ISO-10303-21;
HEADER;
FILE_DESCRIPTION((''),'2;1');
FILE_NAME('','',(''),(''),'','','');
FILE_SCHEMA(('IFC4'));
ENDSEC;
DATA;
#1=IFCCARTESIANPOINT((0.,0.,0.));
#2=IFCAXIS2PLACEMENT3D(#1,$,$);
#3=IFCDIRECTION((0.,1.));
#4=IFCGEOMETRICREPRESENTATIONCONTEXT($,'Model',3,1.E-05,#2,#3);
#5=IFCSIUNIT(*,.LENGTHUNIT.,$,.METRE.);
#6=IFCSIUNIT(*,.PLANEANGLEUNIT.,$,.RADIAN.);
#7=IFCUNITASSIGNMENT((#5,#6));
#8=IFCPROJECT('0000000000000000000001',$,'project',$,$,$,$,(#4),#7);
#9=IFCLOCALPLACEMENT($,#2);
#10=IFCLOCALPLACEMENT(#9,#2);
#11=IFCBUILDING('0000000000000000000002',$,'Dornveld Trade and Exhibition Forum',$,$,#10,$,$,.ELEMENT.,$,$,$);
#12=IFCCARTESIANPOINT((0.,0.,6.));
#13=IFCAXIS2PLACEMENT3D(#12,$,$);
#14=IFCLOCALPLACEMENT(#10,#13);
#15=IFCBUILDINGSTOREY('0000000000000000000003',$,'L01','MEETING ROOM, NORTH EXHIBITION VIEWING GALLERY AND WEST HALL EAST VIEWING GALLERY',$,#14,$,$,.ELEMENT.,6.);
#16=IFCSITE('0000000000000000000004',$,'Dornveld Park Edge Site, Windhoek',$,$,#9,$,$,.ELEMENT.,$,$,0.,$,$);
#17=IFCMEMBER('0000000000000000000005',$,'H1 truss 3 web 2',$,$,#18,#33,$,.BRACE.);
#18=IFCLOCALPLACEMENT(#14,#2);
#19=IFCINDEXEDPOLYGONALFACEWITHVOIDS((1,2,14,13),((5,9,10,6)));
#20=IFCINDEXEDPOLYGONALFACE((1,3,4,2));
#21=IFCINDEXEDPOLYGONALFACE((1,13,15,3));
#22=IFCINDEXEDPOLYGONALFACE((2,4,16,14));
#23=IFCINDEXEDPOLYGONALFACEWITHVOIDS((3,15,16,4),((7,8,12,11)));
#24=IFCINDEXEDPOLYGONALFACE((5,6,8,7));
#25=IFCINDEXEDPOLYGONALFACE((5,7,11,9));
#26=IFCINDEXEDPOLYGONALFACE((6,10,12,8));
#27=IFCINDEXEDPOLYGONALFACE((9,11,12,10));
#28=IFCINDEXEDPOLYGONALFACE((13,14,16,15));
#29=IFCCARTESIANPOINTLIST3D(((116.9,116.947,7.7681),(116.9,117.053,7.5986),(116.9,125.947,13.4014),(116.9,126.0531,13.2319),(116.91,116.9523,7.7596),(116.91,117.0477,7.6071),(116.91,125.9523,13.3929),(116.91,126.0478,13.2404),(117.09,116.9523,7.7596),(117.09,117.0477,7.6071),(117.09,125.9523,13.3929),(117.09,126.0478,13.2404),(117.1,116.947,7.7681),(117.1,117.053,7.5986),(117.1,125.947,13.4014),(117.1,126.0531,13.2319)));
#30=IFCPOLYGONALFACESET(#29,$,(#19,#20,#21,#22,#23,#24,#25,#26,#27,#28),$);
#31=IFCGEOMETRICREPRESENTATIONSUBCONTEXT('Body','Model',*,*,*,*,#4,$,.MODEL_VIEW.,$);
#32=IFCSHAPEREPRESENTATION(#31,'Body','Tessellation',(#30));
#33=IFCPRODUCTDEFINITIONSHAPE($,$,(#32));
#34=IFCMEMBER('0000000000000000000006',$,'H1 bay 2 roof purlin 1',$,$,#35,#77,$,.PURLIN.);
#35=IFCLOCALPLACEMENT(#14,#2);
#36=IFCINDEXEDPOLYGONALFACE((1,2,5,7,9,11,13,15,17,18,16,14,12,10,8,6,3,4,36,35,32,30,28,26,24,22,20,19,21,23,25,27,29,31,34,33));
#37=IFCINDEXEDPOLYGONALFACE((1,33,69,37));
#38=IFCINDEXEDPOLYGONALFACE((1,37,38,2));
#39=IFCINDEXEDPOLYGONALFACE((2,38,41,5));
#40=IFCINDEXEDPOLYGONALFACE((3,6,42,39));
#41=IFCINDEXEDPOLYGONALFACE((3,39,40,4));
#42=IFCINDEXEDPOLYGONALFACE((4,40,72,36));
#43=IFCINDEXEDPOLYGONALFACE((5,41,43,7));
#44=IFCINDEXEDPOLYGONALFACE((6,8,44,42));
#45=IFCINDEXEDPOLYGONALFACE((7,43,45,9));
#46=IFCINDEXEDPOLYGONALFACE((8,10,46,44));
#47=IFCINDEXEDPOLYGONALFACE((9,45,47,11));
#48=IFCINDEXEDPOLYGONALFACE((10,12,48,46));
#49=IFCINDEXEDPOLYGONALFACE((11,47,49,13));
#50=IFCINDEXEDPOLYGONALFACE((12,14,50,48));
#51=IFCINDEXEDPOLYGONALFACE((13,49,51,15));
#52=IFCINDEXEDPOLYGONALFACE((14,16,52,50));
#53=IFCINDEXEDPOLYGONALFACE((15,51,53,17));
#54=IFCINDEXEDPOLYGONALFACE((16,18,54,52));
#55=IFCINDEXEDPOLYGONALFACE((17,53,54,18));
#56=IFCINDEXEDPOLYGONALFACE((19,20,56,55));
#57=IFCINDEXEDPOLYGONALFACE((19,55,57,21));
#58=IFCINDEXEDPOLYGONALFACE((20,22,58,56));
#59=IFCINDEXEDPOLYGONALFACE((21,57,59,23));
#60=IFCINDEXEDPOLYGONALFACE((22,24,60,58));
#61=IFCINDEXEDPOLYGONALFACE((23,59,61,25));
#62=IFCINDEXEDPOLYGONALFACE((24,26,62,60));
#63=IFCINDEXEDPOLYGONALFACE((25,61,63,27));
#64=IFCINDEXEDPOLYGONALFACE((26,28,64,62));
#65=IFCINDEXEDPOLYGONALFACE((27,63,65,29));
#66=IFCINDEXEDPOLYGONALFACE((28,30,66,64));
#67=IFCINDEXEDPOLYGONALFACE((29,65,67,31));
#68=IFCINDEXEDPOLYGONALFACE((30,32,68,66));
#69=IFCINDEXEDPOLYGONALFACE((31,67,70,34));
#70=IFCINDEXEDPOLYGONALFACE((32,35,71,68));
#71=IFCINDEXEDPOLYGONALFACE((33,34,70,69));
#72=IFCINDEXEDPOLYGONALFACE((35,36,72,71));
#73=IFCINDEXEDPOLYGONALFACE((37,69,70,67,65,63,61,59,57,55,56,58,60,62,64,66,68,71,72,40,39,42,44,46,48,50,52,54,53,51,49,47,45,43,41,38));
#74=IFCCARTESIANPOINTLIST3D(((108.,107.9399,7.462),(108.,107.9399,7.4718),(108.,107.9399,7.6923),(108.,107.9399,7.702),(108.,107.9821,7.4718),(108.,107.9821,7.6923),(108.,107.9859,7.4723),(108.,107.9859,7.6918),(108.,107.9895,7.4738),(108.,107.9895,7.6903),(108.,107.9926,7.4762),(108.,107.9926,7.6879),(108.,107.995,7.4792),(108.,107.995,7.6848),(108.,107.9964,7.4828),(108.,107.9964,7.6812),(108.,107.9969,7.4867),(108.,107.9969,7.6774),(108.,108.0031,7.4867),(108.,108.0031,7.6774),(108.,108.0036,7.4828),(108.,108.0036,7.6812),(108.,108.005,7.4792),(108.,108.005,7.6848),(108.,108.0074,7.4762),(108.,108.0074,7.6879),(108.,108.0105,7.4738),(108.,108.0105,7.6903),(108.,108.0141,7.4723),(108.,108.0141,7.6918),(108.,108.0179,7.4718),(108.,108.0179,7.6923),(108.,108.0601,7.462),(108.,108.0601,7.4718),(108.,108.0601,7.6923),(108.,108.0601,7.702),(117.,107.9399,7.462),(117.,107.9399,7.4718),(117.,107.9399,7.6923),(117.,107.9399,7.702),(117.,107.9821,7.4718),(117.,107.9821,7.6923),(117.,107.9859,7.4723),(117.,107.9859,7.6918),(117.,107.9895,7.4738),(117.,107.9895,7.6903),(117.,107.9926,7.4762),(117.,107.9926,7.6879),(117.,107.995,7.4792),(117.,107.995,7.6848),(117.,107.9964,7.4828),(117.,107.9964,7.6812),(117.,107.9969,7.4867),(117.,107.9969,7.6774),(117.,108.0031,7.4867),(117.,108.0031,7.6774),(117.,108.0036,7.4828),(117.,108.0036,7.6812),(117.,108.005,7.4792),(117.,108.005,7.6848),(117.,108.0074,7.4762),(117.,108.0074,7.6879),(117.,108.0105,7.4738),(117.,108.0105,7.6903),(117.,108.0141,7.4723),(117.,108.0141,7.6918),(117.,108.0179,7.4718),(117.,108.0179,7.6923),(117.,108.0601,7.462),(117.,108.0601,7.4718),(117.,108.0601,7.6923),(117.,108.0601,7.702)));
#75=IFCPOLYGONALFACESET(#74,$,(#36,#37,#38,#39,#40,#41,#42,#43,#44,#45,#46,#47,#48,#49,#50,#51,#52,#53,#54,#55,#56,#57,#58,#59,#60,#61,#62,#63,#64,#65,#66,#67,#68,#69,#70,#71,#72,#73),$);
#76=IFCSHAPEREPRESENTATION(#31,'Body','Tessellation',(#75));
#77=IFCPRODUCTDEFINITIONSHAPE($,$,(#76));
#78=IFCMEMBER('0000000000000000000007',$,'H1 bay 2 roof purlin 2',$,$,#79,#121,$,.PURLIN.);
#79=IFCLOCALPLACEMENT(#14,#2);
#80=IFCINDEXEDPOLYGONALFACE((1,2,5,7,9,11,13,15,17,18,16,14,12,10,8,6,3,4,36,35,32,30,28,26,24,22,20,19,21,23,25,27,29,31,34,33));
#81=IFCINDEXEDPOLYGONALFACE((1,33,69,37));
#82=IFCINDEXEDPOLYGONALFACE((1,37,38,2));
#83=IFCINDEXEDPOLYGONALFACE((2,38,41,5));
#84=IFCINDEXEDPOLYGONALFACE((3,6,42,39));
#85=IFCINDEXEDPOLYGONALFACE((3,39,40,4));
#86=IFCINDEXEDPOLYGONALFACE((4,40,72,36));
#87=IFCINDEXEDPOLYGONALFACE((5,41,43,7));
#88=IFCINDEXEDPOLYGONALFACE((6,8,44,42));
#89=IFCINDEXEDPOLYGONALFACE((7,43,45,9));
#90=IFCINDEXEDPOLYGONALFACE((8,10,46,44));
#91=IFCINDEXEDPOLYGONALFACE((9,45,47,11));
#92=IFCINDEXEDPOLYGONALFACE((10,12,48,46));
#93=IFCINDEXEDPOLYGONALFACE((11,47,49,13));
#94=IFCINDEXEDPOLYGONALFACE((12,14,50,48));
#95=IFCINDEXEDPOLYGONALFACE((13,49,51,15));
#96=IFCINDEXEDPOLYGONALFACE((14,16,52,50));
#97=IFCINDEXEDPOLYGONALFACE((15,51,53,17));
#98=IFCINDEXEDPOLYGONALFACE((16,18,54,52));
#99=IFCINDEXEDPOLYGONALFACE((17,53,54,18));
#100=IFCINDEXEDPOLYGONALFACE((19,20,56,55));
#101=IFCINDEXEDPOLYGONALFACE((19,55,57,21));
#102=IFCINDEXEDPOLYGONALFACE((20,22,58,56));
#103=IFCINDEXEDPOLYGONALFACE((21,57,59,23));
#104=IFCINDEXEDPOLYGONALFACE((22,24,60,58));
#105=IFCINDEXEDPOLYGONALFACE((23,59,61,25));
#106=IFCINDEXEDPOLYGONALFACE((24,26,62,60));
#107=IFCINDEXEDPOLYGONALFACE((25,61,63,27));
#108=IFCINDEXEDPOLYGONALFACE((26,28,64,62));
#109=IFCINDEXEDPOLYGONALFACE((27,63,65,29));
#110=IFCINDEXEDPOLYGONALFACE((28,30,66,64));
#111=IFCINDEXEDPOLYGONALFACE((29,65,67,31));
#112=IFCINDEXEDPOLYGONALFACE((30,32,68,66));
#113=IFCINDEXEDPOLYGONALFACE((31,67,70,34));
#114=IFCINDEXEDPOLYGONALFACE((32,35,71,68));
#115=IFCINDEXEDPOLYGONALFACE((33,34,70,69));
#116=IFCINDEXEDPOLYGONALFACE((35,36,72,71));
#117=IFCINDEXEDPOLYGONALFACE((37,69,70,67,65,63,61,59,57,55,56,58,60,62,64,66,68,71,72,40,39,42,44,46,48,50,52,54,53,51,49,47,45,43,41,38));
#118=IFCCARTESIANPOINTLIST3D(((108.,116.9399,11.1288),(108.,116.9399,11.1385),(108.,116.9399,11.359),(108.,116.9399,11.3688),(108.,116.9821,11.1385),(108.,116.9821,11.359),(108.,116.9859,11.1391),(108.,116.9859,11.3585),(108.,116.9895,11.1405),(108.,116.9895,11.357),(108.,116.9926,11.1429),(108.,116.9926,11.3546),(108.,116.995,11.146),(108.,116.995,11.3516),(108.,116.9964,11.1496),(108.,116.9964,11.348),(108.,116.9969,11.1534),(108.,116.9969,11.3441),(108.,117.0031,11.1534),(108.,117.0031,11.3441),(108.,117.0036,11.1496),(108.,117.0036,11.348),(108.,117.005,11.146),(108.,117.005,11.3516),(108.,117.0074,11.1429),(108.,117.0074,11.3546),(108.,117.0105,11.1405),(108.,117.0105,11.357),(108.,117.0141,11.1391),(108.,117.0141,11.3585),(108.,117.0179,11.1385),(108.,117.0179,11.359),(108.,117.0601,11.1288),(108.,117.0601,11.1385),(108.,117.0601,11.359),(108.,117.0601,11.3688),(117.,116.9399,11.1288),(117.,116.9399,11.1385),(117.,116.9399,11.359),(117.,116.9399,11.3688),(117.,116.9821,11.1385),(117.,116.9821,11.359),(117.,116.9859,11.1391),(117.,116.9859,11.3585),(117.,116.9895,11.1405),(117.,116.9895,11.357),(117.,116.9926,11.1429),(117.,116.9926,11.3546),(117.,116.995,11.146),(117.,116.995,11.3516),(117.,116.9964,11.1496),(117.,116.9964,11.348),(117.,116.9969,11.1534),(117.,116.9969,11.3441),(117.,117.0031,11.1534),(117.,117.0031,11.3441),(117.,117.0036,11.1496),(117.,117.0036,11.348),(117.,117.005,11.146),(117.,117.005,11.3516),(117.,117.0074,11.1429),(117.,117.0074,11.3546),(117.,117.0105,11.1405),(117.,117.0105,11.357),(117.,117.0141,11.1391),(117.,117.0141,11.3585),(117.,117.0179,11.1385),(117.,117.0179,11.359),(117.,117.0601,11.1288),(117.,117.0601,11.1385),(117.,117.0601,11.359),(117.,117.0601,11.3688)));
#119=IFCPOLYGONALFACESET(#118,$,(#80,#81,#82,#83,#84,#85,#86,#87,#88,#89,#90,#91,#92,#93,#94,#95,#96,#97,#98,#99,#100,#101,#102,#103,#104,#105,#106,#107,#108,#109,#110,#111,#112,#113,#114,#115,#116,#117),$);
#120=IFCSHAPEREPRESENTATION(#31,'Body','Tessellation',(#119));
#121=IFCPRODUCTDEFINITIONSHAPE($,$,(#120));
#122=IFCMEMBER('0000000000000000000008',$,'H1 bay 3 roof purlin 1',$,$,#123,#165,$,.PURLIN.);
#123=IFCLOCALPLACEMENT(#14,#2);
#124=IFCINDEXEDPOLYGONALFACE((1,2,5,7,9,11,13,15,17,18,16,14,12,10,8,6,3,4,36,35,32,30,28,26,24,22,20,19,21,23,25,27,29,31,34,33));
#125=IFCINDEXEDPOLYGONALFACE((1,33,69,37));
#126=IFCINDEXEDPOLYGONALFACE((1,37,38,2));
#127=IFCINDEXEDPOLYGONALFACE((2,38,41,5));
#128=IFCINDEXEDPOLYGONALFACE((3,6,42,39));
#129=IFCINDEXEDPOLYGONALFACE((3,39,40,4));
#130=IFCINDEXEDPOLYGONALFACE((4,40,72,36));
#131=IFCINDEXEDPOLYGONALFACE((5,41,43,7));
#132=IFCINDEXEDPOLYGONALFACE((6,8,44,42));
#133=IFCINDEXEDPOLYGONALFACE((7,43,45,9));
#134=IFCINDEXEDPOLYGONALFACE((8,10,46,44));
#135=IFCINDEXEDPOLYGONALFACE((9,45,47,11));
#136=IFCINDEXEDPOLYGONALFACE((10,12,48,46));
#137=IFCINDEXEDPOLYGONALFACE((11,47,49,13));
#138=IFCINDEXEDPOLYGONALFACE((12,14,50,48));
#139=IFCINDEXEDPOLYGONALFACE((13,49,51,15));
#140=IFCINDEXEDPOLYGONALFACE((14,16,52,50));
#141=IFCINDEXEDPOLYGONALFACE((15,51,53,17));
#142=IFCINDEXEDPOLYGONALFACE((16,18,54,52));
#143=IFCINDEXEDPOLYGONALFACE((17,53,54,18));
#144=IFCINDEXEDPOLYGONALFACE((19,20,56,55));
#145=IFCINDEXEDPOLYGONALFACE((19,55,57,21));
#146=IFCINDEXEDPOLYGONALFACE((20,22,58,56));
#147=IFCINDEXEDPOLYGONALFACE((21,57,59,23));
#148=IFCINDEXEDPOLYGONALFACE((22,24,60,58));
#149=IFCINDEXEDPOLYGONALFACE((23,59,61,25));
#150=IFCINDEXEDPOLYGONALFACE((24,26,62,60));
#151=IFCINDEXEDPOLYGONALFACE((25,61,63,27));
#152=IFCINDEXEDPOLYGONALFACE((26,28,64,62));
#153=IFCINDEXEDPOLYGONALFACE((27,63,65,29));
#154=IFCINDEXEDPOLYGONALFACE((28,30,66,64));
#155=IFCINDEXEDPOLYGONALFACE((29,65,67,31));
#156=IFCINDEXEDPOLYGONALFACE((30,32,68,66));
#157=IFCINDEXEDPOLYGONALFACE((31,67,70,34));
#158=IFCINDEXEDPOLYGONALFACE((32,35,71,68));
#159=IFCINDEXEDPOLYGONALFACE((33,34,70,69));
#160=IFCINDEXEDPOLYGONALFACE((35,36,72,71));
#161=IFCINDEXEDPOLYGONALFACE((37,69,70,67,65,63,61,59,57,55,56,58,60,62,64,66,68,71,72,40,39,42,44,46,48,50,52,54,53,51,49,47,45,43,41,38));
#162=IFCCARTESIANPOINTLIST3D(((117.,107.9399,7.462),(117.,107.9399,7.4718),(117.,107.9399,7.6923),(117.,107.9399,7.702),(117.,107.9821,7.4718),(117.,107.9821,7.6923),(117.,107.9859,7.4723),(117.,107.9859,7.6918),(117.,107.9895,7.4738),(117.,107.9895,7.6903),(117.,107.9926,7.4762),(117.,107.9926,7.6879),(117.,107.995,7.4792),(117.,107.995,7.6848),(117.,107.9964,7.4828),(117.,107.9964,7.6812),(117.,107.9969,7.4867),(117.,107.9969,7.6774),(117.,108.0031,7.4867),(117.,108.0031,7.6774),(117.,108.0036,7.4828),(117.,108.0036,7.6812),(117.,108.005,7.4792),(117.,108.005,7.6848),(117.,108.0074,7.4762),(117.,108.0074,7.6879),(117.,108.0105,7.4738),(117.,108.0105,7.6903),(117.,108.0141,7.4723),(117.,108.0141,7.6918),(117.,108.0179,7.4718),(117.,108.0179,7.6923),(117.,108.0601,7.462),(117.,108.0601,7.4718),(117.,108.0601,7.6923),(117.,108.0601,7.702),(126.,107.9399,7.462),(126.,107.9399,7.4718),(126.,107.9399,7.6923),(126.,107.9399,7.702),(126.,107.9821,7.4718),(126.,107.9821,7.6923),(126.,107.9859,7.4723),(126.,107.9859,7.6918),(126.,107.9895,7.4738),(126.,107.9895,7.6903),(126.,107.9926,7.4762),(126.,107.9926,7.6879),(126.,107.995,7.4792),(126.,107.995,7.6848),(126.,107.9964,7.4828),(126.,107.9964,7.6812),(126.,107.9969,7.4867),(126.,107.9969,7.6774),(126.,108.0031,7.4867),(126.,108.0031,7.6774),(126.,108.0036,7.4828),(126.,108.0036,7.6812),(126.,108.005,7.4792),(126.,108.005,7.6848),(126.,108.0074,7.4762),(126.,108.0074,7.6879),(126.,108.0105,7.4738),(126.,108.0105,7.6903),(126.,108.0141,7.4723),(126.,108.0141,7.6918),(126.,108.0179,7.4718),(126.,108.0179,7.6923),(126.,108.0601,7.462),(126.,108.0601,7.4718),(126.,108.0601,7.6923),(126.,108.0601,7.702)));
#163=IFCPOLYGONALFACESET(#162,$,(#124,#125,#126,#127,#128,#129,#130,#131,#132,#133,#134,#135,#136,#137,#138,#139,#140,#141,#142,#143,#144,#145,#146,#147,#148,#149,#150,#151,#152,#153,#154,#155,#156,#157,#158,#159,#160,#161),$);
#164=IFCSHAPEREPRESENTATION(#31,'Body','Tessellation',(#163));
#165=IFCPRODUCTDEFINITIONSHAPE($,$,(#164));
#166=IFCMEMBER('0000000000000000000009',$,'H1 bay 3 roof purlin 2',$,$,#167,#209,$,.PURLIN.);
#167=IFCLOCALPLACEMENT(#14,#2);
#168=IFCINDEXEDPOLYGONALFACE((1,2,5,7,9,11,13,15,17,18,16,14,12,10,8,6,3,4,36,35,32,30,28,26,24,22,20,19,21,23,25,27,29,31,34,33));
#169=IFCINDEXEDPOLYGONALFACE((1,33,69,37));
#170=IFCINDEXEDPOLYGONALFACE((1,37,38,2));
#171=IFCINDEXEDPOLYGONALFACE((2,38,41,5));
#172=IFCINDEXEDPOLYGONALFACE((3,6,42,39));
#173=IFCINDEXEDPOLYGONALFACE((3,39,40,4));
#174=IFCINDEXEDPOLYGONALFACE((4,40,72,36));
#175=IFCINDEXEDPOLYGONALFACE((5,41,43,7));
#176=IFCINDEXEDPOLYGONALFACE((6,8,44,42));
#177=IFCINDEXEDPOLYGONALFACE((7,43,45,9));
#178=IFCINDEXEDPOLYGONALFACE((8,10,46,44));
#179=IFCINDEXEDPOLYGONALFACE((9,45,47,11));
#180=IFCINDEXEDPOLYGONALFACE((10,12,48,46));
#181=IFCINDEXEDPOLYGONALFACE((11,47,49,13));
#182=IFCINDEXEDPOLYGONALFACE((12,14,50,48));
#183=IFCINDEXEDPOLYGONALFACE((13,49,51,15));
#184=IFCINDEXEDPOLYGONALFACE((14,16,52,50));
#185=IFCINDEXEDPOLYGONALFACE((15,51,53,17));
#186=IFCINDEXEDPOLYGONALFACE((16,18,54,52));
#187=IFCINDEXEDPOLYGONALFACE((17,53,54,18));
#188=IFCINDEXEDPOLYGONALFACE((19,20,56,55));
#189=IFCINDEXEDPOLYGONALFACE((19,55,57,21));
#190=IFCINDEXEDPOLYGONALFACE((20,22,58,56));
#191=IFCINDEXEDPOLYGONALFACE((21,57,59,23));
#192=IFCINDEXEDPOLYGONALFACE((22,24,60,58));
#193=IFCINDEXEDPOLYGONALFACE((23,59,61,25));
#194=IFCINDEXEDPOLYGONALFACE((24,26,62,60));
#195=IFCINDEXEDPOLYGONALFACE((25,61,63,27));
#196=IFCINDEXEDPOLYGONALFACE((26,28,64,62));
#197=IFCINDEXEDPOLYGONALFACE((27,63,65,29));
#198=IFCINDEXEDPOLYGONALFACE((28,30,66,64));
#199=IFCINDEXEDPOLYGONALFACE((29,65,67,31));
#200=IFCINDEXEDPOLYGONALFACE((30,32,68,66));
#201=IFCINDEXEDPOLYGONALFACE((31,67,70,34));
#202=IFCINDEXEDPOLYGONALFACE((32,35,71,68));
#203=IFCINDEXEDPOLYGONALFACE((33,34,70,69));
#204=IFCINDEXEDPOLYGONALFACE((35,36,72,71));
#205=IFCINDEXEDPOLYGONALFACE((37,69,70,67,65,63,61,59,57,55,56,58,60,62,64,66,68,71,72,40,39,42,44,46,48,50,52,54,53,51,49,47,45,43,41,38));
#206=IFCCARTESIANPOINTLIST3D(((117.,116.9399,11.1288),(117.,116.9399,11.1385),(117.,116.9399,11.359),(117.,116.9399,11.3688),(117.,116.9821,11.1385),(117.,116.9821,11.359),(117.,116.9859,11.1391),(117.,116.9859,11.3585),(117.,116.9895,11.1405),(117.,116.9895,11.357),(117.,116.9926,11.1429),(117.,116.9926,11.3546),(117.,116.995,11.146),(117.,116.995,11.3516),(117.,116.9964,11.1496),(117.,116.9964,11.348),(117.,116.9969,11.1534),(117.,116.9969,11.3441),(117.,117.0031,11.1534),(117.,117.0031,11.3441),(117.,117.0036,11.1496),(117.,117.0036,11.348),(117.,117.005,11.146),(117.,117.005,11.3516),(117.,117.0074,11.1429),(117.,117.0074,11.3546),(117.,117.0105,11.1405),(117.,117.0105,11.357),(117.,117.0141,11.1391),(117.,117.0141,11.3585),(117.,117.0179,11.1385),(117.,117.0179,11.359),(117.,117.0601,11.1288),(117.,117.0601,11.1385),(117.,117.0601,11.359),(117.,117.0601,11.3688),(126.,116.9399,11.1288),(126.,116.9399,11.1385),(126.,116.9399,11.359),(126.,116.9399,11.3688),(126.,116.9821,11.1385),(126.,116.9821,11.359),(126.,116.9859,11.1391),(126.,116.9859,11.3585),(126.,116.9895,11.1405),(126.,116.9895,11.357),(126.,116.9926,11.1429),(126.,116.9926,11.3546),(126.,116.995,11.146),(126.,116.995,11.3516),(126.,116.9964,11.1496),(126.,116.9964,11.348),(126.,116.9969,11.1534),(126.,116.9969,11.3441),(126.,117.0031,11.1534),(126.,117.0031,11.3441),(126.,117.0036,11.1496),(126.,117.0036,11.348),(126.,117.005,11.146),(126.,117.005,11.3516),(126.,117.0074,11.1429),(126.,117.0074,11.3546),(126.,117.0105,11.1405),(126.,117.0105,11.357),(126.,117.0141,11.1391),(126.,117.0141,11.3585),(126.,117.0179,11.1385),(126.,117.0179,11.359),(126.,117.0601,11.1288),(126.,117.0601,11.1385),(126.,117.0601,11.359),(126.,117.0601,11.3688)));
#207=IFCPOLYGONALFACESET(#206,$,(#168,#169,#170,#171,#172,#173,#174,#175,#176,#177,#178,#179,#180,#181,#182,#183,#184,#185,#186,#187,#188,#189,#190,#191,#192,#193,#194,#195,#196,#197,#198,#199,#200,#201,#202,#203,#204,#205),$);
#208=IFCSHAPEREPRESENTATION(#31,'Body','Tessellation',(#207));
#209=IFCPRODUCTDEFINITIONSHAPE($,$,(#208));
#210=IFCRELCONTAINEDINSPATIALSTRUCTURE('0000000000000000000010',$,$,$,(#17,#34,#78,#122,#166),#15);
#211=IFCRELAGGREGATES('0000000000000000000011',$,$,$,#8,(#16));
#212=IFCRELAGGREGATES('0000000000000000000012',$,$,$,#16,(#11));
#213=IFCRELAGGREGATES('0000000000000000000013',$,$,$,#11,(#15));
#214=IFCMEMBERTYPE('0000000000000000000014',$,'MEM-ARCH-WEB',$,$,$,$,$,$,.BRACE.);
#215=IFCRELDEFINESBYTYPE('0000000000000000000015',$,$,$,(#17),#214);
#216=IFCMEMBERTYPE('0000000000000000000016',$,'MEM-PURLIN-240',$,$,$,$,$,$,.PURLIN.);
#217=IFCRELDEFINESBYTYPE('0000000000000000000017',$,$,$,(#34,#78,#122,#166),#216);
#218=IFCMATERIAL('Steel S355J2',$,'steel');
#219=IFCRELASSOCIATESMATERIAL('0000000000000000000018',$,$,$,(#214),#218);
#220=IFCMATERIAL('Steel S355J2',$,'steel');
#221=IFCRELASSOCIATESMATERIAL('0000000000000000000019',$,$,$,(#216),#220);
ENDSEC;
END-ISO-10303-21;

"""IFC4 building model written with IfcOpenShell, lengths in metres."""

from ifc_helpers import new_model, si_unit, direction, frame, origin, origin_2d, place, context, subcontext, project, spatial, hollow_rectangle, i_section, extrude, material, material_profile, profile_set, type_object, element, save


model = new_model("IFC4")

# Units and contexts
model_context = context("Model", 3, precision=1e-05, world=origin(), true_north=direction((0.0, 1.0)))
body_context = subcontext(model_context, "Body", "Model", "MODEL_VIEW")
ifc_project = project(units=[si_unit("LENGTHUNIT", "METRE"), si_unit("PLANEANGLEUNIT", "RADIAN")], contexts=[model_context])

# Site, building, storey
site_placement = place(None, origin())
site = spatial("IfcSite", under=ifc_project, at=site_placement, Name="Dornveld Park Edge Site, Windhoek", CompositionType="ELEMENT", RefElevation=0.0)
building_placement = place(site_placement, origin())
building = spatial("IfcBuilding", under=site, at=building_placement, Name="Dornveld Trade and Exhibition Forum", CompositionType="ELEMENT")
storey_placement = place(building_placement, frame((0.0, 0.0, 6.0)))
storey = spatial("IfcBuildingStorey", under=building, at=storey_placement, Name="L01", Description="MEETING ROOM, NORTH EXHIBITION VIEWING GALLERY AND WEST HALL EAST VIEWING GALLERY", CompositionType="ELEMENT", Elevation=6.0)

# Members
ifc_material_1 = material(Name="Steel S355J2", Category="steel")
ifc_material_profile_1 = material_profile(ifc_material_1, hollow_rectangle(XDim=0.2, YDim=0.2, WallThickness=0.01, at=origin_2d()), Name="SHS 200x200x10")
ifc_profile_set_1 = profile_set([ifc_material_profile_1], Name="Steel S355J2")
member_type_1 = type_object("IfcMemberType", Name="MEM-ARCH-WEB", PredefinedType="BRACE", material=ifc_profile_set_1)
member_1_placement = place(storey_placement, frame((117.0, 117.0, 7.6833), z_axis=(0.0, 0.847647, 0.530561), x_axis=(-1.0, 0.0, 0.0)))
element("IfcMember", 1, at=member_1_placement, inside=storey, type_object=member_type_1, Name="H1 truss 3 web 2", PredefinedType="BRACE", context=body_context, shape_type="SweptSolid", body=[
    extrude(hollow_rectangle(XDim=0.2, YDim=0.2, WallThickness=0.01, at=origin_2d()), origin(), (0.0, 0.0, 1.0), 10.6177),
])
ifc_material_2 = material(Name="Steel S355J2", Category="steel")
ifc_material_profile_2 = material_profile(ifc_material_2, i_section(OverallWidth=0.1201, OverallDepth=0.24, WebThickness=0.0061, FlangeThickness=0.0098, FilletRadius=0.0149, at=origin_2d()), Name="IPE 240")
ifc_profile_set_2 = profile_set([ifc_material_profile_2], Name="Steel S355J2")
member_type_2 = type_object("IfcMemberType", Name="MEM-PURLIN-240", PredefinedType="PURLIN", material=ifc_profile_set_2)
for number, where, z_axis, x_axis, name in (
    (2, (108.0, 108.0, 7.582), (1.0, 0.0, 0.0), (0.0, 1.0, 0.0), "H1 bay 2 roof purlin 1"),
    (3, (108.0, 117.0, 11.2488), (1.0, 0.0, 0.0), (0.0, 1.0, 0.0), "H1 bay 2 roof purlin 2"),
    (4, (117.0, 108.0, 7.582), (1.0, 0.0, 0.0), (0.0, 1.0, 0.0), "H1 bay 3 roof purlin 1"),
    (5, (117.0, 117.0, 11.2488), (1.0, 0.0, 0.0), (0.0, 1.0, 0.0), "H1 bay 3 roof purlin 2"),
):
    element("IfcMember", number, at=place(storey_placement, frame(where, z_axis=z_axis, x_axis=x_axis)), inside=storey, type_object=member_type_2, Name=name, PredefinedType="PURLIN", context=body_context, shape_type="SweptSolid", body=[
        extrude(i_section(OverallWidth=0.1201, OverallDepth=0.24, WebThickness=0.0061, FlangeThickness=0.0098, FilletRadius=0.0149, at=origin_2d()), origin(), (0.0, 0.0, 1.0), 9.0),
    ])

save(model, "model.ifc")
